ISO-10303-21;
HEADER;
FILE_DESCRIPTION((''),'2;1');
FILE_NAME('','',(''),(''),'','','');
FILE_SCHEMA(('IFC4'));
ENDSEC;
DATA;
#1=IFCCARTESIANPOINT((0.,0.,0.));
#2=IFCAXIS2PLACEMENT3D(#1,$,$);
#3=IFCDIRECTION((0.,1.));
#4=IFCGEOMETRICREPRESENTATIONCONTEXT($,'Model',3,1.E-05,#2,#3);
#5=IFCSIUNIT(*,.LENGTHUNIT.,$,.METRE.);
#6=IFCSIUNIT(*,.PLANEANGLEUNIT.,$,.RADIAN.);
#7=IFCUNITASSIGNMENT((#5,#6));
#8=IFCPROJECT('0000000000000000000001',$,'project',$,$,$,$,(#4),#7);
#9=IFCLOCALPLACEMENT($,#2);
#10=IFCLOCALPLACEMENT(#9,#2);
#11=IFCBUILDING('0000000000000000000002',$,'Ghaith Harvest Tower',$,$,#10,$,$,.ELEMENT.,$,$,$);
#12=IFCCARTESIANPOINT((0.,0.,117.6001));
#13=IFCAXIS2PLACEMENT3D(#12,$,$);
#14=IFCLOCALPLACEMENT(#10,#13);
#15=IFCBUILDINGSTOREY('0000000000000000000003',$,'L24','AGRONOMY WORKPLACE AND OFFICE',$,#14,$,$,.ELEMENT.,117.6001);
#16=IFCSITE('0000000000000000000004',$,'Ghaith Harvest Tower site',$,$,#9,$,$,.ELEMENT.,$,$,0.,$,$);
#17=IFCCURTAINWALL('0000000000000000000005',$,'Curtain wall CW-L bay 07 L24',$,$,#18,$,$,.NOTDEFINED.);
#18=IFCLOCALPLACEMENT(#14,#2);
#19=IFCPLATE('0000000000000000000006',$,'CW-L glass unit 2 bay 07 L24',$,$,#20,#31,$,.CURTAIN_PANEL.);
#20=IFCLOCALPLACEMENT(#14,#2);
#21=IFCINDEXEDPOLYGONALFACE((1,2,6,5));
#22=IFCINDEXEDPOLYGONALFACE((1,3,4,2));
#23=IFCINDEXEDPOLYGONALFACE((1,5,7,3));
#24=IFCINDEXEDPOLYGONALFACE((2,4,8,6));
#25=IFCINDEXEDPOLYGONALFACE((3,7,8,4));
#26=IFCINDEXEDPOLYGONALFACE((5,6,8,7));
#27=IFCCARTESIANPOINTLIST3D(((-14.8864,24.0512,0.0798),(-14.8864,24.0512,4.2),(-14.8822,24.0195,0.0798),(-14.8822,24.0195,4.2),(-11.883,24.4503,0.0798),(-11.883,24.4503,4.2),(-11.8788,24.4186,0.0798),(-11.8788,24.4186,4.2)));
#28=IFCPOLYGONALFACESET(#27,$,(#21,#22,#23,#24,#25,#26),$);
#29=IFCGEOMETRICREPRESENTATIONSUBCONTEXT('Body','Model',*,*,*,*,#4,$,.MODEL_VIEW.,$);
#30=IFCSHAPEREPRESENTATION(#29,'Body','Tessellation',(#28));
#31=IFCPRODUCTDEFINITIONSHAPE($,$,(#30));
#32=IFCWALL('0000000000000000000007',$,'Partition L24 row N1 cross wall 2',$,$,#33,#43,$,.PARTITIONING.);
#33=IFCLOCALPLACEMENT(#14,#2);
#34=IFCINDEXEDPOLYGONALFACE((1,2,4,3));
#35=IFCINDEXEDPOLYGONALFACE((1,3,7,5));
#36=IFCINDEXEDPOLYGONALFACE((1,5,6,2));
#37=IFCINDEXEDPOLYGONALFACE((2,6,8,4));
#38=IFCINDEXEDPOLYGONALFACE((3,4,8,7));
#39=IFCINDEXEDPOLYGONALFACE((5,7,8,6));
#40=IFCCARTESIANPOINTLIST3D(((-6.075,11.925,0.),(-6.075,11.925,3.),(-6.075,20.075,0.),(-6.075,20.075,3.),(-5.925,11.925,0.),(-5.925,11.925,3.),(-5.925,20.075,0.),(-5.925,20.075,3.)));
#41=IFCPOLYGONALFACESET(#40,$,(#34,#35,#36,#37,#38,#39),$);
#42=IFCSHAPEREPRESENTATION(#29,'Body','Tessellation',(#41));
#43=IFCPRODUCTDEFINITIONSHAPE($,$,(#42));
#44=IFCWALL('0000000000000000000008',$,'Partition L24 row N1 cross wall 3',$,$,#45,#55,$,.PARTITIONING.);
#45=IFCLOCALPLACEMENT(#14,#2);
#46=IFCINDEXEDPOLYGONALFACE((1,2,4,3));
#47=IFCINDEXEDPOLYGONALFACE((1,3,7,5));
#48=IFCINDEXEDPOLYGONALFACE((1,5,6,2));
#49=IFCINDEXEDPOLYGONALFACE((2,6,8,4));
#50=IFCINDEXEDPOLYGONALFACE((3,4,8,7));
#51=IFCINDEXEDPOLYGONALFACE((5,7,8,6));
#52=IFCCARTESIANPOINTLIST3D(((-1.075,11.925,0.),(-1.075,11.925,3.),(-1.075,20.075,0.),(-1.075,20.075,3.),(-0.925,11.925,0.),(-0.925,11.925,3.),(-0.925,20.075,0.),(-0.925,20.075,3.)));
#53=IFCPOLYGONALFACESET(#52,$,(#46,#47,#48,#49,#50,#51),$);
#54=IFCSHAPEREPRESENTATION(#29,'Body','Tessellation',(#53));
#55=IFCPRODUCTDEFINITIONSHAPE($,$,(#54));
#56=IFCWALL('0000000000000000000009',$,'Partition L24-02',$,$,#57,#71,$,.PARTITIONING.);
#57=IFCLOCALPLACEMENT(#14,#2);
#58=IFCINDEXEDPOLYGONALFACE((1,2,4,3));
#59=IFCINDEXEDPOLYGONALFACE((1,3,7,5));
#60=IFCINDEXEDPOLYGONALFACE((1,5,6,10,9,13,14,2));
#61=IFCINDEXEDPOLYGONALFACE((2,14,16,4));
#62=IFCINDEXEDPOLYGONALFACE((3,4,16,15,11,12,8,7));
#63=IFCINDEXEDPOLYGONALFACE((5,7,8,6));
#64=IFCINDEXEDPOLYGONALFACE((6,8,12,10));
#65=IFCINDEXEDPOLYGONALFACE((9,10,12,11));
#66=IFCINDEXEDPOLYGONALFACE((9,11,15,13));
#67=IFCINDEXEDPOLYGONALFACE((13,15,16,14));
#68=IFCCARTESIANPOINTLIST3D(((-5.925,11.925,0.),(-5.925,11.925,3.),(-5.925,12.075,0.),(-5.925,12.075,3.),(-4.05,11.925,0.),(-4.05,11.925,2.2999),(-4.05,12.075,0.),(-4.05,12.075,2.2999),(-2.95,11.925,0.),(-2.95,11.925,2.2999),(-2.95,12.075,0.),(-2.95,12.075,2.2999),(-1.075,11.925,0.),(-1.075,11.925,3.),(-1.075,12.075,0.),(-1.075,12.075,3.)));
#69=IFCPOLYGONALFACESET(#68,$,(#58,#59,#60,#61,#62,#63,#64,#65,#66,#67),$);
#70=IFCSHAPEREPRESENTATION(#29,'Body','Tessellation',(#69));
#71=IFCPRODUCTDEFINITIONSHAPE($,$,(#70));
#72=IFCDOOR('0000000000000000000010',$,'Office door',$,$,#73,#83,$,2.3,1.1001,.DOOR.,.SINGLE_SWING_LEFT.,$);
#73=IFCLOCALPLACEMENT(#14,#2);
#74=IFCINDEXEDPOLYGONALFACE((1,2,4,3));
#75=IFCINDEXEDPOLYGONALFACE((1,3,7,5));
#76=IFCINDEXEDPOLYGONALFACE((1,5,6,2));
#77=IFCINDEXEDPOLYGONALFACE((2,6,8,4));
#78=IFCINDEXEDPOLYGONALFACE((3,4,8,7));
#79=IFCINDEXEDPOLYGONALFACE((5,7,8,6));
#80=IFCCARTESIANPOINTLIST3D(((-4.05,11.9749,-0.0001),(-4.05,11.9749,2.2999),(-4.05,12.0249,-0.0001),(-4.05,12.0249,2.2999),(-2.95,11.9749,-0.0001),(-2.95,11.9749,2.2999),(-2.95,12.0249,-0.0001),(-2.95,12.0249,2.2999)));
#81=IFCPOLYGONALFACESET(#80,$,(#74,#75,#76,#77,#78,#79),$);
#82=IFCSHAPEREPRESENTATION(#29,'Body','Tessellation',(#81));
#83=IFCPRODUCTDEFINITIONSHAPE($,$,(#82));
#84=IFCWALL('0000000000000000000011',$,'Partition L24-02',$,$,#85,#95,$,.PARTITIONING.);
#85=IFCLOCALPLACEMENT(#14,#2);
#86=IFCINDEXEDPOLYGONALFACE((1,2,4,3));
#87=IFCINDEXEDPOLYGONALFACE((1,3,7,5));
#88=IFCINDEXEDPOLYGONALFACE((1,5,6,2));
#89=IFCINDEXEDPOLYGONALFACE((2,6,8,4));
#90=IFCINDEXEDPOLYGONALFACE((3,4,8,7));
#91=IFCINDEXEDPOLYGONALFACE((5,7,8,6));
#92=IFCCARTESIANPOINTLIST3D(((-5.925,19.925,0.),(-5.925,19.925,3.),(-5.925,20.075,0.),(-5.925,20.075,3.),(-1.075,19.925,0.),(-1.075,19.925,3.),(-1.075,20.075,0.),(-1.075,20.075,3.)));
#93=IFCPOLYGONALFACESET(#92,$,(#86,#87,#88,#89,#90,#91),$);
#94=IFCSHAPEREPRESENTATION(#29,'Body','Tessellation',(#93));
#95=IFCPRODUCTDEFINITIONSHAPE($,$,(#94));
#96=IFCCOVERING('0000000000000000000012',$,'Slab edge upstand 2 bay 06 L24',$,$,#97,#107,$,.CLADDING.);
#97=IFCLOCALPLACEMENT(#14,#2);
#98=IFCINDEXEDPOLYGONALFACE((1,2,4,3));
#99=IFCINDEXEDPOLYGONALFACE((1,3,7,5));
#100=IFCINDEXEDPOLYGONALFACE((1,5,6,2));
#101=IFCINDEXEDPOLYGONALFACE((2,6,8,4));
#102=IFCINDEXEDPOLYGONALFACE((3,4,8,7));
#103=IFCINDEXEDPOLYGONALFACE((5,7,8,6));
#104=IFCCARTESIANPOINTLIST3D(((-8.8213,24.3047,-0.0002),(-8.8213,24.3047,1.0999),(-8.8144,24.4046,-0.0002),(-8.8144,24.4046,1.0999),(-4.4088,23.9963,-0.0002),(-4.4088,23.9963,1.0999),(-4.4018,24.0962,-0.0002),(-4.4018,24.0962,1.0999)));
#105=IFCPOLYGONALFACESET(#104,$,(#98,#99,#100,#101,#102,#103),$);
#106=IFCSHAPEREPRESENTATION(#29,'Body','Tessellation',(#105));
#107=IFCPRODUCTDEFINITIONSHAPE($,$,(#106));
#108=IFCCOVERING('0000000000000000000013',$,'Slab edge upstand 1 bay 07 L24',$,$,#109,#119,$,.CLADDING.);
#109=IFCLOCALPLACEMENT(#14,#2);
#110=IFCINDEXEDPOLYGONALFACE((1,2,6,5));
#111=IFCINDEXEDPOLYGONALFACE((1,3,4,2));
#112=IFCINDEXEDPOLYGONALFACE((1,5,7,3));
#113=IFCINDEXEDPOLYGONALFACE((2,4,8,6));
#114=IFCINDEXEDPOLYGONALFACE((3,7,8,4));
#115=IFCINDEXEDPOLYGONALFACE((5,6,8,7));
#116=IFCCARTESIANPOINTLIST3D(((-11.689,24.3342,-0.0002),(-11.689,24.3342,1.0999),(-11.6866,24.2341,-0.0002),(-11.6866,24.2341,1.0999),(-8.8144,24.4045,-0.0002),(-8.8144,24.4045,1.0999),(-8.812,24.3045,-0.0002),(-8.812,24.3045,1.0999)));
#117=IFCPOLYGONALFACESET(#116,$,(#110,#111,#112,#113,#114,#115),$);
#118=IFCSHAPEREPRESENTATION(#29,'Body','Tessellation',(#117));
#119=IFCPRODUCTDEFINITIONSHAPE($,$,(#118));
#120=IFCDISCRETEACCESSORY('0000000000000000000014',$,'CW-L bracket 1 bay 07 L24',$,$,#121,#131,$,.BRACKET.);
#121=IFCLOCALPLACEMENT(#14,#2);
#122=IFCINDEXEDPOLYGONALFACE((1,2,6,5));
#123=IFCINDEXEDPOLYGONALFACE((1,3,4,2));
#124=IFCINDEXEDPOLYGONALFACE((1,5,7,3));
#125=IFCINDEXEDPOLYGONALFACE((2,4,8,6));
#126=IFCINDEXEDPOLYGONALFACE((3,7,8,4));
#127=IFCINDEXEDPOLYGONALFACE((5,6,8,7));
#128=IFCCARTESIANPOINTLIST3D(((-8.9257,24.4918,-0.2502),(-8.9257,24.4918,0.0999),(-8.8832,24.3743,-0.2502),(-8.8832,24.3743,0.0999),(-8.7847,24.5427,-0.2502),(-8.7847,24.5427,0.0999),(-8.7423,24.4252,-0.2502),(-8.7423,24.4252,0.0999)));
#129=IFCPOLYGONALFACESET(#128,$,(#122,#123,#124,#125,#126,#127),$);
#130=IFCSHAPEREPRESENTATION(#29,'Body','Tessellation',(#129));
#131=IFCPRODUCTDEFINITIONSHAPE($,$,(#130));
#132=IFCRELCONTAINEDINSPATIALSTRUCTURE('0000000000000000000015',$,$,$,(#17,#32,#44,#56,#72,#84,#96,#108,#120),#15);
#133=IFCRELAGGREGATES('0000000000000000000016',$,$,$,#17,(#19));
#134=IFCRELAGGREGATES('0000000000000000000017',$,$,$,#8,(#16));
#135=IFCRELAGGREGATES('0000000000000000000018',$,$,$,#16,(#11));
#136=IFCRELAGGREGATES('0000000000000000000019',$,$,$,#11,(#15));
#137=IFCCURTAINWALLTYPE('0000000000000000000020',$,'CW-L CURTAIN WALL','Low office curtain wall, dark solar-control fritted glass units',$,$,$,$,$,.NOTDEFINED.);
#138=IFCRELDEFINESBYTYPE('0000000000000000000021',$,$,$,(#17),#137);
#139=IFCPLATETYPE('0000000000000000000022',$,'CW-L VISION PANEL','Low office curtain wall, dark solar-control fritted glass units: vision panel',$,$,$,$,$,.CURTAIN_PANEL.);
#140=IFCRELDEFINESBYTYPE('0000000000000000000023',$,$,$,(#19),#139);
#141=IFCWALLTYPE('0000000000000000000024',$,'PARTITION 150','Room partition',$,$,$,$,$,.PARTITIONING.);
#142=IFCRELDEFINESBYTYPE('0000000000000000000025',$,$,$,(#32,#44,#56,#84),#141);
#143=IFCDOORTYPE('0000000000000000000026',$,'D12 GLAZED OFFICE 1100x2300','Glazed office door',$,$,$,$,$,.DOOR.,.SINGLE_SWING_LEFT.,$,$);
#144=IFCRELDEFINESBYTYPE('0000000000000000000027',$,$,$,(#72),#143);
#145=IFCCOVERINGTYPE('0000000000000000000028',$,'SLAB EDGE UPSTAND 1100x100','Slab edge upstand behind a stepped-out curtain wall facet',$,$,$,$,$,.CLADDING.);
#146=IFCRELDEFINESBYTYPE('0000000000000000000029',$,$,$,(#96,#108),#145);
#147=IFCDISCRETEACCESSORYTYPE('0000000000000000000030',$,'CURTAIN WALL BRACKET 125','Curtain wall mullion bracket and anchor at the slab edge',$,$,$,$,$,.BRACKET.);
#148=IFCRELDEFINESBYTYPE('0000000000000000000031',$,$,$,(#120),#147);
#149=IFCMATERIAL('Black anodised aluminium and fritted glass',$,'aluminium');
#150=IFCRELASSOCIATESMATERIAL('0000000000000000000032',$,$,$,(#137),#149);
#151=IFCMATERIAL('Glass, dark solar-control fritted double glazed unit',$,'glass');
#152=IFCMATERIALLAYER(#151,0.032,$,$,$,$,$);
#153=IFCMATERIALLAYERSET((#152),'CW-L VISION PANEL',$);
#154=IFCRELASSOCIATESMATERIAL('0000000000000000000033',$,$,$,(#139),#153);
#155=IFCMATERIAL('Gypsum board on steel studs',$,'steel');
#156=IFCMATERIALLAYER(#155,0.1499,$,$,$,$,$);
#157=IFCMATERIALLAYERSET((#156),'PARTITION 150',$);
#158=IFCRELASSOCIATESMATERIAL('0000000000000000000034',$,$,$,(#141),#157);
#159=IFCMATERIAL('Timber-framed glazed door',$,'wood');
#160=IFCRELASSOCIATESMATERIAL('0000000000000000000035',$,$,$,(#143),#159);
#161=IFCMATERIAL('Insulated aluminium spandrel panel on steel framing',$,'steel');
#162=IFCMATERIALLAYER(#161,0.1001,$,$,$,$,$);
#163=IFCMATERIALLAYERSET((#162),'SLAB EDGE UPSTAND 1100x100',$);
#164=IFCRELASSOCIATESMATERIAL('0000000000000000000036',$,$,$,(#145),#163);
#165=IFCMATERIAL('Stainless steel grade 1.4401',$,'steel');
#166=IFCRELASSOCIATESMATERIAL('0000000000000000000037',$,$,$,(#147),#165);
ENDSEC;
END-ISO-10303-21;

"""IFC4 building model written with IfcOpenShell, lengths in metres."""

from ifc_helpers import new_model, si_unit, direction, frame, frame_2d, origin, origin_2d, place, context, subcontext, project, spatial, rectangle, extrude, material, layer, layer_set, type_object, element, fill, aggregate, save


model = new_model("IFC4")

# Units and contexts
model_context = context("Model", 3, precision=1e-05, world=origin(), true_north=direction((0.0, 1.0)))
body_context = subcontext(model_context, "Body", "Model", "MODEL_VIEW")
ifc_project = project(units=[si_unit("LENGTHUNIT", "METRE"), si_unit("PLANEANGLEUNIT", "RADIAN")], contexts=[model_context])

# Site, building, storey
site_placement = place(None, origin())
site = spatial("IfcSite", under=ifc_project, at=site_placement, Name="Ghaith Harvest Tower site", CompositionType="ELEMENT", RefElevation=0.0)
building_placement = place(site_placement, origin())
building = spatial("IfcBuilding", under=site, at=building_placement, Name="Ghaith Harvest Tower", CompositionType="ELEMENT")
storey_placement = place(building_placement, frame((0.0, 0.0, 117.6001)))
storey = spatial("IfcBuildingStorey", under=building, at=storey_placement, Name="L24", Description="AGRONOMY WORKPLACE AND OFFICE", CompositionType="ELEMENT", Elevation=117.6001)

# Curtain wall
ifc_material_1 = material(Name="Black anodised aluminium and fritted glass", Category="aluminium")
curtain_wall_type = type_object("IfcCurtainWallType", Name="CW-L CURTAIN WALL", Description="Low office curtain wall, dark solar-control fritted glass units", PredefinedType="NOTDEFINED", material=ifc_material_1)
curtain_wall_1_placement = place(storey_placement, origin())
curtain_wall_1 = element("IfcCurtainWall", 1, at=curtain_wall_1_placement, inside=storey, type_object=curtain_wall_type, Name="Curtain wall CW-L bay 07 L24", PredefinedType="NOTDEFINED")

# Plate
ifc_material_2 = material(Name="Glass, dark solar-control fritted double glazed unit", Category="glass")
ifc_layer_1 = layer(ifc_material_2, 0.032)
ifc_layer_set_1 = layer_set([ifc_layer_1], Name="CW-L VISION PANEL")
plate_type = type_object("IfcPlateType", Name="CW-L VISION PANEL", Description="Low office curtain wall, dark solar-control fritted glass units: vision panel", PredefinedType="CURTAIN_PANEL", material=ifc_layer_set_1)
plate_1_placement = place(storey_placement, frame((-13.3826, 24.2349, 0.0798), z_axis=(0.0, 0.0, 1.0), x_axis=(-0.991286, -0.131728, 0.0)))
plate_1 = element("IfcPlate", 2, at=plate_1_placement, type_object=plate_type, Name="CW-L glass unit 2 bay 07 L24", PredefinedType="CURTAIN_PANEL", context=body_context, shape_type="SweptSolid", body=[
    extrude(rectangle(XDim=3.0298, YDim=0.032, at=origin_2d()), origin(), (0.0, 0.0, 1.0), 4.1201),
])
aggregate(curtain_wall_1, [plate_1])

# Walls
ifc_material_3 = material(Name="Gypsum board on steel studs", Category="steel")
ifc_layer_2 = layer(ifc_material_3, 0.1499)
ifc_layer_set_2 = layer_set([ifc_layer_2], Name="PARTITION 150")
wall_type = type_object("IfcWallType", Name="PARTITION 150", Description="Room partition", PredefinedType="PARTITIONING", material=ifc_layer_set_2)
for number, where, z_axis, x_axis, name in (
    (3, (-6.0, 11.925, 0.0), (0.0, 0.0, 1.0), (0.0, 1.0, 0.0), "Partition L24 row N1 cross wall 2"),
    (4, (-1.0, 11.925, 0.0), (0.0, 0.0, 1.0), (0.0, 1.0, 0.0), "Partition L24 row N1 cross wall 3"),
):
    element("IfcWall", number, at=place(storey_placement, frame(where, z_axis=z_axis, x_axis=x_axis)), inside=storey, type_object=wall_type, Name=name, PredefinedType="PARTITIONING", context=body_context, shape_type="SweptSolid", body=[
        extrude(rectangle(XDim=8.1499, YDim=0.1499, at=frame_2d((4.075, 0.0))), origin(), (0.0, 0.0, 1.0), 3.0),
    ])

# Wall, opening, door
wall_1_placement = place(storey_placement, frame((-5.925, 12.0, 0.0), z_axis=(0.0, 0.0, 1.0), x_axis=(1.0, 0.0, 0.0)))
wall_1 = element("IfcWall", 5, at=wall_1_placement, inside=storey, type_object=wall_type, Name="Partition L24-02", PredefinedType="PARTITIONING", context=body_context, shape_type="SweptSolid", body=[
    extrude(rectangle(XDim=4.8501, YDim=0.1499, at=frame_2d((2.425, 0.0))), origin(), (0.0, 0.0, 1.0), 3.0),
])
opening_placement = place(wall_1_placement, frame((1.875, 0.0, 0.0)))
opening = element("IfcOpeningElement", 6, at=opening_placement, cuts=wall_1, PredefinedType="OPENING", context=body_context, shape_type="SweptSolid", body=[
    extrude(rectangle(XDim=1.1001, YDim=2.3, at=frame_2d((0.55, 1.1499))), frame((0.0, 0.085, 0.0), z_axis=(0.0, -1.0, 0.0), x_axis=(1.0, 0.0, 0.0)), (0.0, 0.0, 1.0), 0.1699),
])
ifc_material_4 = material(Name="Timber-framed glazed door", Category="wood")
door_type = type_object("IfcDoorType", Name="D12 GLAZED OFFICE 1100x2300", Description="Glazed office door", OperationType="SINGLE_SWING_LEFT", PredefinedType="DOOR", material=ifc_material_4)
door_placement = place(opening_placement, origin())
door = element("IfcDoor", 7, at=door_placement, inside=storey, type_object=door_type, Name="Office door", OperationType="SINGLE_SWING_LEFT", OverallHeight=2.3, OverallWidth=1.1001, PredefinedType="DOOR", context=body_context, shape_type="SweptSolid", body=[
    extrude(rectangle(XDim=1.1001, YDim=2.3, at=frame_2d((0.55, 1.1499))), frame((0.0, 0.0249, 0.0), z_axis=(0.0, -1.0, 0.0), x_axis=(1.0, 0.0, 0.0)), (0.0, 0.0, 1.0), 0.05),
])
fill(opening, door)

# Wall
wall_2_placement = place(storey_placement, frame((-5.925, 20.0, 0.0), z_axis=(0.0, 0.0, 1.0), x_axis=(1.0, 0.0, 0.0)))
element("IfcWall", 8, at=wall_2_placement, inside=storey, type_object=wall_type, Name="Partition L24-02", PredefinedType="PARTITIONING", context=body_context, shape_type="SweptSolid", body=[
    extrude(rectangle(XDim=4.8501, YDim=0.1499, at=frame_2d((2.425, 0.0))), origin(), (0.0, 0.0, 1.0), 3.0),
])

# Coverings
ifc_material_5 = material(Name="Insulated aluminium spandrel panel on steel framing", Category="steel")
ifc_layer_3 = layer(ifc_material_5, 0.1001)
ifc_layer_set_3 = layer_set([ifc_layer_3], Name="SLAB EDGE UPSTAND 1100x100")
covering_type = type_object("IfcCoveringType", Name="SLAB EDGE UPSTAND 1100x100", Description="Slab edge upstand behind a stepped-out curtain wall facet", PredefinedType="CLADDING", material=ifc_layer_set_3)
covering_1_placement = place(storey_placement, frame((-6.6116, 24.2004, -0.0002), z_axis=(0.0, 0.0, 1.0), x_axis=(-0.997566, 0.069726, 0.0)))
element("IfcCovering", 9, at=covering_1_placement, inside=storey, type_object=covering_type, Name="Slab edge upstand 2 bay 06 L24", PredefinedType="CLADDING", context=body_context, shape_type="SweptSolid", body=[
    extrude(rectangle(XDim=4.4233, YDim=0.1001, at=origin_2d()), origin(), (0.0, 0.0, 1.0), 1.1001),
])
covering_2_placement = place(storey_placement, frame((-10.2505, 24.3193, -0.0002), z_axis=(0.0, 0.0, 1.0), x_axis=(-0.999701, -0.024458, 0.0)))
element("IfcCovering", 10, at=covering_2_placement, inside=storey, type_object=covering_type, Name="Slab edge upstand 1 bay 07 L24", PredefinedType="CLADDING", context=body_context, shape_type="SweptSolid", body=[
    extrude(rectangle(XDim=2.8755, YDim=0.1001, at=origin_2d()), origin(), (0.0, 0.0, 1.0), 1.1001),
])

# Discrete accessory
ifc_material_6 = material(Name="Stainless steel grade 1.4401", Category="steel")
discrete_accessory_type = type_object("IfcDiscreteAccessoryType", Name="CURTAIN WALL BRACKET 125", Description="Curtain wall mullion bracket and anchor at the slab edge", PredefinedType="BRACKET", material=ifc_material_6)
discrete_accessory_placement = place(storey_placement, frame((-8.834, 24.4585, -0.2502), z_axis=(0.0, 0.0, 1.0), x_axis=(-0.339699, 0.940534, 0.0)))
element("IfcDiscreteAccessory", 11, at=discrete_accessory_placement, inside=storey, type_object=discrete_accessory_type, Name="CW-L bracket 1 bay 07 L24", PredefinedType="BRACKET", context=body_context, shape_type="SweptSolid", body=[
    extrude(rectangle(XDim=0.125, YDim=0.1499, at=origin_2d()), origin(), (0.0, 0.0, 1.0), 0.3501),
])

save(model, "model.ifc")
